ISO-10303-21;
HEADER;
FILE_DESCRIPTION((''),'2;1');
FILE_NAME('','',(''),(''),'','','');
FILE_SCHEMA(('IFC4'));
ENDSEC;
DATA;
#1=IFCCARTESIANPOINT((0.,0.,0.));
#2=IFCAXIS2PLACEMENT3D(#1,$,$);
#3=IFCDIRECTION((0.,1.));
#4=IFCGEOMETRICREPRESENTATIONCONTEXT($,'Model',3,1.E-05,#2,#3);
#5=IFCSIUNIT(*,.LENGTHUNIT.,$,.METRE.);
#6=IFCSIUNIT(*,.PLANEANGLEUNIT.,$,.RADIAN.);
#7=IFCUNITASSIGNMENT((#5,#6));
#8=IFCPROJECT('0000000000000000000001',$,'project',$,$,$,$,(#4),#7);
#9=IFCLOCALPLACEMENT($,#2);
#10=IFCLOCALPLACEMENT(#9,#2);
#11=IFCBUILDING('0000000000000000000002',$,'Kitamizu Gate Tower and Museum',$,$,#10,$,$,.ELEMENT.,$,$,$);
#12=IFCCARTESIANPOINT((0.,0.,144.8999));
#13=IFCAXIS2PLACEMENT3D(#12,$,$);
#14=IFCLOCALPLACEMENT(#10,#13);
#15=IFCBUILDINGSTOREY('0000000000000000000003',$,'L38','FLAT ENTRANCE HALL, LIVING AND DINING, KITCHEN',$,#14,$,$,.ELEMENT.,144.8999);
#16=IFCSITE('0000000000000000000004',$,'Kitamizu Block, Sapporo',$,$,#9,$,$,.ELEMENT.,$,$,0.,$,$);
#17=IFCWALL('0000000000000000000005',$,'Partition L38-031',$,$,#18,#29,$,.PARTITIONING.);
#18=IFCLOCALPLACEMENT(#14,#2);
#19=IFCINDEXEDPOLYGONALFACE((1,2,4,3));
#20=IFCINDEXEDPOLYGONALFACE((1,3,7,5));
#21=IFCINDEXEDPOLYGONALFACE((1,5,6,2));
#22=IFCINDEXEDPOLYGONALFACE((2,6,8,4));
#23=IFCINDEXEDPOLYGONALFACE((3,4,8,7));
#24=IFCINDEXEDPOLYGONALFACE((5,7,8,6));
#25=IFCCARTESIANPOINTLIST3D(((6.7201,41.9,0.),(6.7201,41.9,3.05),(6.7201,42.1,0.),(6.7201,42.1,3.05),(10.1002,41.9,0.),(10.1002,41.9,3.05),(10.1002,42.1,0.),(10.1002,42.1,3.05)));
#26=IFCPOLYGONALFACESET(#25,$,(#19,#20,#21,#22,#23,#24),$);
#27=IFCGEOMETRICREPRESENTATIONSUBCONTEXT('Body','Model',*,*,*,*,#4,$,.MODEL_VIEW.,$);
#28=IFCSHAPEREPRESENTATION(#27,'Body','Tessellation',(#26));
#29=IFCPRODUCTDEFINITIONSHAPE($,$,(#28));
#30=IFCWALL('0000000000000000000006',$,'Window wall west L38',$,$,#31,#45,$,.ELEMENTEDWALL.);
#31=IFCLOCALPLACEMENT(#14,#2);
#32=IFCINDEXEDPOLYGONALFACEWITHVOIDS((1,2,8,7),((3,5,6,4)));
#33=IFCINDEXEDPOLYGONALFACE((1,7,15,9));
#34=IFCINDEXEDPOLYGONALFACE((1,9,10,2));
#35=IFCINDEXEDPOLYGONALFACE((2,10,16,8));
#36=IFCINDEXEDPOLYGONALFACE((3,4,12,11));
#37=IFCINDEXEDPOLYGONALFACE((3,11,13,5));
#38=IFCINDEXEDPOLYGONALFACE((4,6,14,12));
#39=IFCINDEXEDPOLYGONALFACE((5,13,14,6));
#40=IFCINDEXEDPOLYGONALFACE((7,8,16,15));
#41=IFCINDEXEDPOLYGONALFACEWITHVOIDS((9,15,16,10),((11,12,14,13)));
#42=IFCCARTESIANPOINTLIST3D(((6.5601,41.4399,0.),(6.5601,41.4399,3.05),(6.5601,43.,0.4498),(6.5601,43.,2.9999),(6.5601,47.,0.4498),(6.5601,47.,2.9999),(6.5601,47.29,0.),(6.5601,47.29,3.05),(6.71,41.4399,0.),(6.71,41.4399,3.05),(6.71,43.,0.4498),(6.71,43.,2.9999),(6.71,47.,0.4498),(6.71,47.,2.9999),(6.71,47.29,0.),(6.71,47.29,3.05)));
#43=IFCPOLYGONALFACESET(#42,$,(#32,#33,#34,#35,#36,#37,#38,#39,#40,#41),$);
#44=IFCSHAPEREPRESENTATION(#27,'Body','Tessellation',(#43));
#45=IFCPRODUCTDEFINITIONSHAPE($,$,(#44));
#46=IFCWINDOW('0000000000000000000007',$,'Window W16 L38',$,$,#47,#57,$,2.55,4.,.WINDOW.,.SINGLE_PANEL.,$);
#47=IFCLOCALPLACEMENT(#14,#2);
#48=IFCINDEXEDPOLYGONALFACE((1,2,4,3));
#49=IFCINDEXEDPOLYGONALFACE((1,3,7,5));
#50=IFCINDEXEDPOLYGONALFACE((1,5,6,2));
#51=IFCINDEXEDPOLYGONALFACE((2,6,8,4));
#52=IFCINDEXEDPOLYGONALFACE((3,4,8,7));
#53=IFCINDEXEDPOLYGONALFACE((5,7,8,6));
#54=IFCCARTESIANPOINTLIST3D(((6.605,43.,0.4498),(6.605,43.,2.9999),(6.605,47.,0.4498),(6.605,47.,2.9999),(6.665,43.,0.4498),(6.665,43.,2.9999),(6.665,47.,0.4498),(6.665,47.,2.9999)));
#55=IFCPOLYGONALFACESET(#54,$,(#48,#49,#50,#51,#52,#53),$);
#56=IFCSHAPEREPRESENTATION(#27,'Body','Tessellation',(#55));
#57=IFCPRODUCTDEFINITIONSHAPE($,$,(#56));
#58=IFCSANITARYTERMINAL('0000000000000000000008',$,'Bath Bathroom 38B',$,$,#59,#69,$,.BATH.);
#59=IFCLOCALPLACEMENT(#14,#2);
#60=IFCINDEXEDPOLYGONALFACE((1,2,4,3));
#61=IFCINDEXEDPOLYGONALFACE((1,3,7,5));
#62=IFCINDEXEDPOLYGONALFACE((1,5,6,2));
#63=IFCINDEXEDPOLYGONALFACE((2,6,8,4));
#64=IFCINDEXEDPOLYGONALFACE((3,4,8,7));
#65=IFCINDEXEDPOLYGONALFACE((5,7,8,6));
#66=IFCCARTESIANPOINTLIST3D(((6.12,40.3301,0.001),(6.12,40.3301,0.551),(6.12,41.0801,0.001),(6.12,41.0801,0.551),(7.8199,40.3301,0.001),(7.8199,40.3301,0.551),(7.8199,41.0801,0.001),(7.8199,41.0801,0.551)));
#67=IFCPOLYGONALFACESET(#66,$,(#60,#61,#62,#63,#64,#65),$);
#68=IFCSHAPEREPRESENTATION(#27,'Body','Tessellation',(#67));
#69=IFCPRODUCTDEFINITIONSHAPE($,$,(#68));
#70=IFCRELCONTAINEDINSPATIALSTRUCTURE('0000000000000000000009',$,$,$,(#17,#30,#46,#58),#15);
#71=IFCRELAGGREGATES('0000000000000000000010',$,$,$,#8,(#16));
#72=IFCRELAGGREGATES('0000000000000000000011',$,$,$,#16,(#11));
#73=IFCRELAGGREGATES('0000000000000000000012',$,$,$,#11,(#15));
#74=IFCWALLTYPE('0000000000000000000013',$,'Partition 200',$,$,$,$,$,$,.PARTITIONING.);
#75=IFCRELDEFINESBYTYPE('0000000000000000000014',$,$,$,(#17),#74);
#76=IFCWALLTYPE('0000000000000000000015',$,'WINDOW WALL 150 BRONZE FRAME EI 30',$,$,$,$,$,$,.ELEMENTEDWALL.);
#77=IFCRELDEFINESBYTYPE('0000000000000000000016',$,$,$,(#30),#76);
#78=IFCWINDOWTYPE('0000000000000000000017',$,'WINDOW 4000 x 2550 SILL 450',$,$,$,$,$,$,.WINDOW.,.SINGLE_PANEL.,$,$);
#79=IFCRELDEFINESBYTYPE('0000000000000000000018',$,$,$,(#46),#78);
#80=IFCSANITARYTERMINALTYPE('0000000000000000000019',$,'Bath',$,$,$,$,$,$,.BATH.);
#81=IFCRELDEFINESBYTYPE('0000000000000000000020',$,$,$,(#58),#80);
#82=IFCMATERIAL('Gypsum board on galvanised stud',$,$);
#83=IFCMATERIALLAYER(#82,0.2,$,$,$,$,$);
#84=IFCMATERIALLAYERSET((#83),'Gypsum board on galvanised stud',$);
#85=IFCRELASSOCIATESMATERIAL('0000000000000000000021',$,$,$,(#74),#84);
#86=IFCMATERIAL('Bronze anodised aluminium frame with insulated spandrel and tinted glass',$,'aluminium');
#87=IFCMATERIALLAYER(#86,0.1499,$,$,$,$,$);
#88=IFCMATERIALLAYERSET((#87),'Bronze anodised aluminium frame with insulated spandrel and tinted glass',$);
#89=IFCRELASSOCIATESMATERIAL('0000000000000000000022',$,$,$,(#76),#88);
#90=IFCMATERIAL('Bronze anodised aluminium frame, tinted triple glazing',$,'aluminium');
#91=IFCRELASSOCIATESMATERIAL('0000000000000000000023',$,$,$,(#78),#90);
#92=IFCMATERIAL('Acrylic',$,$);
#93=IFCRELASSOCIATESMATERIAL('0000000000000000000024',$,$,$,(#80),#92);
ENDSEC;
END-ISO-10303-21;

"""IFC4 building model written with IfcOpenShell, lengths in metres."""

from ifc_helpers import new_model, si_unit, direction, frame, frame_2d, origin, origin_2d, place, context, subcontext, project, spatial, rectangle, extrude, material, layer, layer_set, type_object, element, fill, save


model = new_model("IFC4")

# Units and contexts
model_context = context("Model", 3, precision=1e-05, world=origin(), true_north=direction((0.0, 1.0)))
body_context = subcontext(model_context, "Body", "Model", "MODEL_VIEW")
ifc_project = project(units=[si_unit("LENGTHUNIT", "METRE"), si_unit("PLANEANGLEUNIT", "RADIAN")], contexts=[model_context])

# Site, building, storey
site_placement = place(None, origin())
site = spatial("IfcSite", under=ifc_project, at=site_placement, Name="Kitamizu Block, Sapporo", CompositionType="ELEMENT", RefElevation=0.0)
building_placement = place(site_placement, origin())
building = spatial("IfcBuilding", under=site, at=building_placement, Name="Kitamizu Gate Tower and Museum", CompositionType="ELEMENT")
storey_placement = place(building_placement, frame((0.0, 0.0, 144.8999)))
storey = spatial("IfcBuildingStorey", under=building, at=storey_placement, Name="L38", Description="FLAT ENTRANCE HALL, LIVING AND DINING, KITCHEN", CompositionType="ELEMENT", Elevation=144.8999)

# Wall
ifc_material_1 = material(Name="Gypsum board on galvanised stud")
ifc_layer_1 = layer(ifc_material_1, 0.2)
ifc_layer_set_1 = layer_set([ifc_layer_1], Name="Gypsum board on galvanised stud")
wall_type_1 = type_object("IfcWallType", Name="Partition 200", PredefinedType="PARTITIONING", material=ifc_layer_set_1)
wall_1_placement = place(storey_placement, frame((10.1001, 42.0, 0.0), z_axis=(0.0, 0.0, 1.0), x_axis=(-1.0, 0.0, 0.0)))
element("IfcWall", 1, at=wall_1_placement, inside=storey, type_object=wall_type_1, Name="Partition L38-031", PredefinedType="PARTITIONING", context=body_context, shape_type="SweptSolid", body=[
    extrude(rectangle(XDim=3.3801, YDim=0.2, at=frame_2d((1.6899, 0.0))), origin(), (0.0, 0.0, 1.0), 3.05),
])

# Wall, opening, window
ifc_material_2 = material(Name="Bronze anodised aluminium frame with insulated spandrel and tinted glass", Category="aluminium")
ifc_layer_2 = layer(ifc_material_2, 0.1499)
ifc_layer_set_2 = layer_set([ifc_layer_2], Name="Bronze anodised aluminium frame with insulated spandrel and tinted glass")
wall_type_2 = type_object("IfcWallType", Name="WINDOW WALL 150 BRONZE FRAME EI 30", PredefinedType="ELEMENTEDWALL", material=ifc_layer_set_2)
wall_2_placement = place(storey_placement, frame((6.635, 41.4399, 0.0), z_axis=(0.0, 0.0, 1.0), x_axis=(0.0, 1.0, 0.0)))
wall_2 = element("IfcWall", 2, at=wall_2_placement, inside=storey, type_object=wall_type_2, Name="Window wall west L38", PredefinedType="ELEMENTEDWALL", context=body_context, shape_type="SweptSolid", body=[
    extrude(rectangle(XDim=5.8501, YDim=0.1499, at=frame_2d((2.925, 0.0))), origin(), (0.0, 0.0, 1.0), 3.05),
])
opening_placement = place(wall_2_placement, frame((1.5601, 0.0, 0.45)))
opening = element("IfcOpeningElement", 3, at=opening_placement, cuts=wall_2, PredefinedType="OPENING", context=body_context, shape_type="SweptSolid", body=[
    extrude(rectangle(XDim=4.0, YDim=2.55, at=frame_2d((2.0, 1.2749))), frame((0.0, 0.085, 0.0), z_axis=(0.0, -1.0, 0.0), x_axis=(1.0, 0.0, 0.0)), (0.0, 0.0, 1.0), 0.1699),
])
ifc_material_3 = material(Name="Bronze anodised aluminium frame, tinted triple glazing", Category="aluminium")
window_type = type_object("IfcWindowType", Name="WINDOW 4000 x 2550 SILL 450", PartitioningType="SINGLE_PANEL", PredefinedType="WINDOW", material=ifc_material_3)
window_placement = place(opening_placement, origin())
window = element("IfcWindow", 4, at=window_placement, inside=storey, type_object=window_type, Name="Window W16 L38", OverallHeight=2.55, OverallWidth=4.0, PartitioningType="SINGLE_PANEL", PredefinedType="WINDOW", context=body_context, shape_type="SweptSolid", body=[
    extrude(rectangle(XDim=4.0, YDim=2.55, at=frame_2d((2.0, 1.2749))), frame((0.0, 0.03, 0.0), z_axis=(0.0, -1.0, 0.0), x_axis=(1.0, 0.0, 0.0)), (0.0, 0.0, 1.0), 0.0601),
])
fill(opening, window)

# Sanitary terminal
ifc_material_4 = material(Name="Acrylic")
sanitary_terminal_type = type_object("IfcSanitaryTerminalType", Name="Bath", PredefinedType="BATH", material=ifc_material_4)
sanitary_terminal_placement = place(storey_placement, frame((6.97, 40.7051, 0.001), z_axis=(0.0, 0.0, 1.0), x_axis=(1.0, 0.0, 0.0)))
element("IfcSanitaryTerminal", 5, at=sanitary_terminal_placement, inside=storey, type_object=sanitary_terminal_type, Name="Bath Bathroom 38B", PredefinedType="BATH", context=body_context, shape_type="SweptSolid", body=[
    extrude(rectangle(XDim=1.7, YDim=0.75, at=origin_2d()), origin(), (0.0, 0.0, 1.0), 0.55),
])

save(model, "model.ifc")
